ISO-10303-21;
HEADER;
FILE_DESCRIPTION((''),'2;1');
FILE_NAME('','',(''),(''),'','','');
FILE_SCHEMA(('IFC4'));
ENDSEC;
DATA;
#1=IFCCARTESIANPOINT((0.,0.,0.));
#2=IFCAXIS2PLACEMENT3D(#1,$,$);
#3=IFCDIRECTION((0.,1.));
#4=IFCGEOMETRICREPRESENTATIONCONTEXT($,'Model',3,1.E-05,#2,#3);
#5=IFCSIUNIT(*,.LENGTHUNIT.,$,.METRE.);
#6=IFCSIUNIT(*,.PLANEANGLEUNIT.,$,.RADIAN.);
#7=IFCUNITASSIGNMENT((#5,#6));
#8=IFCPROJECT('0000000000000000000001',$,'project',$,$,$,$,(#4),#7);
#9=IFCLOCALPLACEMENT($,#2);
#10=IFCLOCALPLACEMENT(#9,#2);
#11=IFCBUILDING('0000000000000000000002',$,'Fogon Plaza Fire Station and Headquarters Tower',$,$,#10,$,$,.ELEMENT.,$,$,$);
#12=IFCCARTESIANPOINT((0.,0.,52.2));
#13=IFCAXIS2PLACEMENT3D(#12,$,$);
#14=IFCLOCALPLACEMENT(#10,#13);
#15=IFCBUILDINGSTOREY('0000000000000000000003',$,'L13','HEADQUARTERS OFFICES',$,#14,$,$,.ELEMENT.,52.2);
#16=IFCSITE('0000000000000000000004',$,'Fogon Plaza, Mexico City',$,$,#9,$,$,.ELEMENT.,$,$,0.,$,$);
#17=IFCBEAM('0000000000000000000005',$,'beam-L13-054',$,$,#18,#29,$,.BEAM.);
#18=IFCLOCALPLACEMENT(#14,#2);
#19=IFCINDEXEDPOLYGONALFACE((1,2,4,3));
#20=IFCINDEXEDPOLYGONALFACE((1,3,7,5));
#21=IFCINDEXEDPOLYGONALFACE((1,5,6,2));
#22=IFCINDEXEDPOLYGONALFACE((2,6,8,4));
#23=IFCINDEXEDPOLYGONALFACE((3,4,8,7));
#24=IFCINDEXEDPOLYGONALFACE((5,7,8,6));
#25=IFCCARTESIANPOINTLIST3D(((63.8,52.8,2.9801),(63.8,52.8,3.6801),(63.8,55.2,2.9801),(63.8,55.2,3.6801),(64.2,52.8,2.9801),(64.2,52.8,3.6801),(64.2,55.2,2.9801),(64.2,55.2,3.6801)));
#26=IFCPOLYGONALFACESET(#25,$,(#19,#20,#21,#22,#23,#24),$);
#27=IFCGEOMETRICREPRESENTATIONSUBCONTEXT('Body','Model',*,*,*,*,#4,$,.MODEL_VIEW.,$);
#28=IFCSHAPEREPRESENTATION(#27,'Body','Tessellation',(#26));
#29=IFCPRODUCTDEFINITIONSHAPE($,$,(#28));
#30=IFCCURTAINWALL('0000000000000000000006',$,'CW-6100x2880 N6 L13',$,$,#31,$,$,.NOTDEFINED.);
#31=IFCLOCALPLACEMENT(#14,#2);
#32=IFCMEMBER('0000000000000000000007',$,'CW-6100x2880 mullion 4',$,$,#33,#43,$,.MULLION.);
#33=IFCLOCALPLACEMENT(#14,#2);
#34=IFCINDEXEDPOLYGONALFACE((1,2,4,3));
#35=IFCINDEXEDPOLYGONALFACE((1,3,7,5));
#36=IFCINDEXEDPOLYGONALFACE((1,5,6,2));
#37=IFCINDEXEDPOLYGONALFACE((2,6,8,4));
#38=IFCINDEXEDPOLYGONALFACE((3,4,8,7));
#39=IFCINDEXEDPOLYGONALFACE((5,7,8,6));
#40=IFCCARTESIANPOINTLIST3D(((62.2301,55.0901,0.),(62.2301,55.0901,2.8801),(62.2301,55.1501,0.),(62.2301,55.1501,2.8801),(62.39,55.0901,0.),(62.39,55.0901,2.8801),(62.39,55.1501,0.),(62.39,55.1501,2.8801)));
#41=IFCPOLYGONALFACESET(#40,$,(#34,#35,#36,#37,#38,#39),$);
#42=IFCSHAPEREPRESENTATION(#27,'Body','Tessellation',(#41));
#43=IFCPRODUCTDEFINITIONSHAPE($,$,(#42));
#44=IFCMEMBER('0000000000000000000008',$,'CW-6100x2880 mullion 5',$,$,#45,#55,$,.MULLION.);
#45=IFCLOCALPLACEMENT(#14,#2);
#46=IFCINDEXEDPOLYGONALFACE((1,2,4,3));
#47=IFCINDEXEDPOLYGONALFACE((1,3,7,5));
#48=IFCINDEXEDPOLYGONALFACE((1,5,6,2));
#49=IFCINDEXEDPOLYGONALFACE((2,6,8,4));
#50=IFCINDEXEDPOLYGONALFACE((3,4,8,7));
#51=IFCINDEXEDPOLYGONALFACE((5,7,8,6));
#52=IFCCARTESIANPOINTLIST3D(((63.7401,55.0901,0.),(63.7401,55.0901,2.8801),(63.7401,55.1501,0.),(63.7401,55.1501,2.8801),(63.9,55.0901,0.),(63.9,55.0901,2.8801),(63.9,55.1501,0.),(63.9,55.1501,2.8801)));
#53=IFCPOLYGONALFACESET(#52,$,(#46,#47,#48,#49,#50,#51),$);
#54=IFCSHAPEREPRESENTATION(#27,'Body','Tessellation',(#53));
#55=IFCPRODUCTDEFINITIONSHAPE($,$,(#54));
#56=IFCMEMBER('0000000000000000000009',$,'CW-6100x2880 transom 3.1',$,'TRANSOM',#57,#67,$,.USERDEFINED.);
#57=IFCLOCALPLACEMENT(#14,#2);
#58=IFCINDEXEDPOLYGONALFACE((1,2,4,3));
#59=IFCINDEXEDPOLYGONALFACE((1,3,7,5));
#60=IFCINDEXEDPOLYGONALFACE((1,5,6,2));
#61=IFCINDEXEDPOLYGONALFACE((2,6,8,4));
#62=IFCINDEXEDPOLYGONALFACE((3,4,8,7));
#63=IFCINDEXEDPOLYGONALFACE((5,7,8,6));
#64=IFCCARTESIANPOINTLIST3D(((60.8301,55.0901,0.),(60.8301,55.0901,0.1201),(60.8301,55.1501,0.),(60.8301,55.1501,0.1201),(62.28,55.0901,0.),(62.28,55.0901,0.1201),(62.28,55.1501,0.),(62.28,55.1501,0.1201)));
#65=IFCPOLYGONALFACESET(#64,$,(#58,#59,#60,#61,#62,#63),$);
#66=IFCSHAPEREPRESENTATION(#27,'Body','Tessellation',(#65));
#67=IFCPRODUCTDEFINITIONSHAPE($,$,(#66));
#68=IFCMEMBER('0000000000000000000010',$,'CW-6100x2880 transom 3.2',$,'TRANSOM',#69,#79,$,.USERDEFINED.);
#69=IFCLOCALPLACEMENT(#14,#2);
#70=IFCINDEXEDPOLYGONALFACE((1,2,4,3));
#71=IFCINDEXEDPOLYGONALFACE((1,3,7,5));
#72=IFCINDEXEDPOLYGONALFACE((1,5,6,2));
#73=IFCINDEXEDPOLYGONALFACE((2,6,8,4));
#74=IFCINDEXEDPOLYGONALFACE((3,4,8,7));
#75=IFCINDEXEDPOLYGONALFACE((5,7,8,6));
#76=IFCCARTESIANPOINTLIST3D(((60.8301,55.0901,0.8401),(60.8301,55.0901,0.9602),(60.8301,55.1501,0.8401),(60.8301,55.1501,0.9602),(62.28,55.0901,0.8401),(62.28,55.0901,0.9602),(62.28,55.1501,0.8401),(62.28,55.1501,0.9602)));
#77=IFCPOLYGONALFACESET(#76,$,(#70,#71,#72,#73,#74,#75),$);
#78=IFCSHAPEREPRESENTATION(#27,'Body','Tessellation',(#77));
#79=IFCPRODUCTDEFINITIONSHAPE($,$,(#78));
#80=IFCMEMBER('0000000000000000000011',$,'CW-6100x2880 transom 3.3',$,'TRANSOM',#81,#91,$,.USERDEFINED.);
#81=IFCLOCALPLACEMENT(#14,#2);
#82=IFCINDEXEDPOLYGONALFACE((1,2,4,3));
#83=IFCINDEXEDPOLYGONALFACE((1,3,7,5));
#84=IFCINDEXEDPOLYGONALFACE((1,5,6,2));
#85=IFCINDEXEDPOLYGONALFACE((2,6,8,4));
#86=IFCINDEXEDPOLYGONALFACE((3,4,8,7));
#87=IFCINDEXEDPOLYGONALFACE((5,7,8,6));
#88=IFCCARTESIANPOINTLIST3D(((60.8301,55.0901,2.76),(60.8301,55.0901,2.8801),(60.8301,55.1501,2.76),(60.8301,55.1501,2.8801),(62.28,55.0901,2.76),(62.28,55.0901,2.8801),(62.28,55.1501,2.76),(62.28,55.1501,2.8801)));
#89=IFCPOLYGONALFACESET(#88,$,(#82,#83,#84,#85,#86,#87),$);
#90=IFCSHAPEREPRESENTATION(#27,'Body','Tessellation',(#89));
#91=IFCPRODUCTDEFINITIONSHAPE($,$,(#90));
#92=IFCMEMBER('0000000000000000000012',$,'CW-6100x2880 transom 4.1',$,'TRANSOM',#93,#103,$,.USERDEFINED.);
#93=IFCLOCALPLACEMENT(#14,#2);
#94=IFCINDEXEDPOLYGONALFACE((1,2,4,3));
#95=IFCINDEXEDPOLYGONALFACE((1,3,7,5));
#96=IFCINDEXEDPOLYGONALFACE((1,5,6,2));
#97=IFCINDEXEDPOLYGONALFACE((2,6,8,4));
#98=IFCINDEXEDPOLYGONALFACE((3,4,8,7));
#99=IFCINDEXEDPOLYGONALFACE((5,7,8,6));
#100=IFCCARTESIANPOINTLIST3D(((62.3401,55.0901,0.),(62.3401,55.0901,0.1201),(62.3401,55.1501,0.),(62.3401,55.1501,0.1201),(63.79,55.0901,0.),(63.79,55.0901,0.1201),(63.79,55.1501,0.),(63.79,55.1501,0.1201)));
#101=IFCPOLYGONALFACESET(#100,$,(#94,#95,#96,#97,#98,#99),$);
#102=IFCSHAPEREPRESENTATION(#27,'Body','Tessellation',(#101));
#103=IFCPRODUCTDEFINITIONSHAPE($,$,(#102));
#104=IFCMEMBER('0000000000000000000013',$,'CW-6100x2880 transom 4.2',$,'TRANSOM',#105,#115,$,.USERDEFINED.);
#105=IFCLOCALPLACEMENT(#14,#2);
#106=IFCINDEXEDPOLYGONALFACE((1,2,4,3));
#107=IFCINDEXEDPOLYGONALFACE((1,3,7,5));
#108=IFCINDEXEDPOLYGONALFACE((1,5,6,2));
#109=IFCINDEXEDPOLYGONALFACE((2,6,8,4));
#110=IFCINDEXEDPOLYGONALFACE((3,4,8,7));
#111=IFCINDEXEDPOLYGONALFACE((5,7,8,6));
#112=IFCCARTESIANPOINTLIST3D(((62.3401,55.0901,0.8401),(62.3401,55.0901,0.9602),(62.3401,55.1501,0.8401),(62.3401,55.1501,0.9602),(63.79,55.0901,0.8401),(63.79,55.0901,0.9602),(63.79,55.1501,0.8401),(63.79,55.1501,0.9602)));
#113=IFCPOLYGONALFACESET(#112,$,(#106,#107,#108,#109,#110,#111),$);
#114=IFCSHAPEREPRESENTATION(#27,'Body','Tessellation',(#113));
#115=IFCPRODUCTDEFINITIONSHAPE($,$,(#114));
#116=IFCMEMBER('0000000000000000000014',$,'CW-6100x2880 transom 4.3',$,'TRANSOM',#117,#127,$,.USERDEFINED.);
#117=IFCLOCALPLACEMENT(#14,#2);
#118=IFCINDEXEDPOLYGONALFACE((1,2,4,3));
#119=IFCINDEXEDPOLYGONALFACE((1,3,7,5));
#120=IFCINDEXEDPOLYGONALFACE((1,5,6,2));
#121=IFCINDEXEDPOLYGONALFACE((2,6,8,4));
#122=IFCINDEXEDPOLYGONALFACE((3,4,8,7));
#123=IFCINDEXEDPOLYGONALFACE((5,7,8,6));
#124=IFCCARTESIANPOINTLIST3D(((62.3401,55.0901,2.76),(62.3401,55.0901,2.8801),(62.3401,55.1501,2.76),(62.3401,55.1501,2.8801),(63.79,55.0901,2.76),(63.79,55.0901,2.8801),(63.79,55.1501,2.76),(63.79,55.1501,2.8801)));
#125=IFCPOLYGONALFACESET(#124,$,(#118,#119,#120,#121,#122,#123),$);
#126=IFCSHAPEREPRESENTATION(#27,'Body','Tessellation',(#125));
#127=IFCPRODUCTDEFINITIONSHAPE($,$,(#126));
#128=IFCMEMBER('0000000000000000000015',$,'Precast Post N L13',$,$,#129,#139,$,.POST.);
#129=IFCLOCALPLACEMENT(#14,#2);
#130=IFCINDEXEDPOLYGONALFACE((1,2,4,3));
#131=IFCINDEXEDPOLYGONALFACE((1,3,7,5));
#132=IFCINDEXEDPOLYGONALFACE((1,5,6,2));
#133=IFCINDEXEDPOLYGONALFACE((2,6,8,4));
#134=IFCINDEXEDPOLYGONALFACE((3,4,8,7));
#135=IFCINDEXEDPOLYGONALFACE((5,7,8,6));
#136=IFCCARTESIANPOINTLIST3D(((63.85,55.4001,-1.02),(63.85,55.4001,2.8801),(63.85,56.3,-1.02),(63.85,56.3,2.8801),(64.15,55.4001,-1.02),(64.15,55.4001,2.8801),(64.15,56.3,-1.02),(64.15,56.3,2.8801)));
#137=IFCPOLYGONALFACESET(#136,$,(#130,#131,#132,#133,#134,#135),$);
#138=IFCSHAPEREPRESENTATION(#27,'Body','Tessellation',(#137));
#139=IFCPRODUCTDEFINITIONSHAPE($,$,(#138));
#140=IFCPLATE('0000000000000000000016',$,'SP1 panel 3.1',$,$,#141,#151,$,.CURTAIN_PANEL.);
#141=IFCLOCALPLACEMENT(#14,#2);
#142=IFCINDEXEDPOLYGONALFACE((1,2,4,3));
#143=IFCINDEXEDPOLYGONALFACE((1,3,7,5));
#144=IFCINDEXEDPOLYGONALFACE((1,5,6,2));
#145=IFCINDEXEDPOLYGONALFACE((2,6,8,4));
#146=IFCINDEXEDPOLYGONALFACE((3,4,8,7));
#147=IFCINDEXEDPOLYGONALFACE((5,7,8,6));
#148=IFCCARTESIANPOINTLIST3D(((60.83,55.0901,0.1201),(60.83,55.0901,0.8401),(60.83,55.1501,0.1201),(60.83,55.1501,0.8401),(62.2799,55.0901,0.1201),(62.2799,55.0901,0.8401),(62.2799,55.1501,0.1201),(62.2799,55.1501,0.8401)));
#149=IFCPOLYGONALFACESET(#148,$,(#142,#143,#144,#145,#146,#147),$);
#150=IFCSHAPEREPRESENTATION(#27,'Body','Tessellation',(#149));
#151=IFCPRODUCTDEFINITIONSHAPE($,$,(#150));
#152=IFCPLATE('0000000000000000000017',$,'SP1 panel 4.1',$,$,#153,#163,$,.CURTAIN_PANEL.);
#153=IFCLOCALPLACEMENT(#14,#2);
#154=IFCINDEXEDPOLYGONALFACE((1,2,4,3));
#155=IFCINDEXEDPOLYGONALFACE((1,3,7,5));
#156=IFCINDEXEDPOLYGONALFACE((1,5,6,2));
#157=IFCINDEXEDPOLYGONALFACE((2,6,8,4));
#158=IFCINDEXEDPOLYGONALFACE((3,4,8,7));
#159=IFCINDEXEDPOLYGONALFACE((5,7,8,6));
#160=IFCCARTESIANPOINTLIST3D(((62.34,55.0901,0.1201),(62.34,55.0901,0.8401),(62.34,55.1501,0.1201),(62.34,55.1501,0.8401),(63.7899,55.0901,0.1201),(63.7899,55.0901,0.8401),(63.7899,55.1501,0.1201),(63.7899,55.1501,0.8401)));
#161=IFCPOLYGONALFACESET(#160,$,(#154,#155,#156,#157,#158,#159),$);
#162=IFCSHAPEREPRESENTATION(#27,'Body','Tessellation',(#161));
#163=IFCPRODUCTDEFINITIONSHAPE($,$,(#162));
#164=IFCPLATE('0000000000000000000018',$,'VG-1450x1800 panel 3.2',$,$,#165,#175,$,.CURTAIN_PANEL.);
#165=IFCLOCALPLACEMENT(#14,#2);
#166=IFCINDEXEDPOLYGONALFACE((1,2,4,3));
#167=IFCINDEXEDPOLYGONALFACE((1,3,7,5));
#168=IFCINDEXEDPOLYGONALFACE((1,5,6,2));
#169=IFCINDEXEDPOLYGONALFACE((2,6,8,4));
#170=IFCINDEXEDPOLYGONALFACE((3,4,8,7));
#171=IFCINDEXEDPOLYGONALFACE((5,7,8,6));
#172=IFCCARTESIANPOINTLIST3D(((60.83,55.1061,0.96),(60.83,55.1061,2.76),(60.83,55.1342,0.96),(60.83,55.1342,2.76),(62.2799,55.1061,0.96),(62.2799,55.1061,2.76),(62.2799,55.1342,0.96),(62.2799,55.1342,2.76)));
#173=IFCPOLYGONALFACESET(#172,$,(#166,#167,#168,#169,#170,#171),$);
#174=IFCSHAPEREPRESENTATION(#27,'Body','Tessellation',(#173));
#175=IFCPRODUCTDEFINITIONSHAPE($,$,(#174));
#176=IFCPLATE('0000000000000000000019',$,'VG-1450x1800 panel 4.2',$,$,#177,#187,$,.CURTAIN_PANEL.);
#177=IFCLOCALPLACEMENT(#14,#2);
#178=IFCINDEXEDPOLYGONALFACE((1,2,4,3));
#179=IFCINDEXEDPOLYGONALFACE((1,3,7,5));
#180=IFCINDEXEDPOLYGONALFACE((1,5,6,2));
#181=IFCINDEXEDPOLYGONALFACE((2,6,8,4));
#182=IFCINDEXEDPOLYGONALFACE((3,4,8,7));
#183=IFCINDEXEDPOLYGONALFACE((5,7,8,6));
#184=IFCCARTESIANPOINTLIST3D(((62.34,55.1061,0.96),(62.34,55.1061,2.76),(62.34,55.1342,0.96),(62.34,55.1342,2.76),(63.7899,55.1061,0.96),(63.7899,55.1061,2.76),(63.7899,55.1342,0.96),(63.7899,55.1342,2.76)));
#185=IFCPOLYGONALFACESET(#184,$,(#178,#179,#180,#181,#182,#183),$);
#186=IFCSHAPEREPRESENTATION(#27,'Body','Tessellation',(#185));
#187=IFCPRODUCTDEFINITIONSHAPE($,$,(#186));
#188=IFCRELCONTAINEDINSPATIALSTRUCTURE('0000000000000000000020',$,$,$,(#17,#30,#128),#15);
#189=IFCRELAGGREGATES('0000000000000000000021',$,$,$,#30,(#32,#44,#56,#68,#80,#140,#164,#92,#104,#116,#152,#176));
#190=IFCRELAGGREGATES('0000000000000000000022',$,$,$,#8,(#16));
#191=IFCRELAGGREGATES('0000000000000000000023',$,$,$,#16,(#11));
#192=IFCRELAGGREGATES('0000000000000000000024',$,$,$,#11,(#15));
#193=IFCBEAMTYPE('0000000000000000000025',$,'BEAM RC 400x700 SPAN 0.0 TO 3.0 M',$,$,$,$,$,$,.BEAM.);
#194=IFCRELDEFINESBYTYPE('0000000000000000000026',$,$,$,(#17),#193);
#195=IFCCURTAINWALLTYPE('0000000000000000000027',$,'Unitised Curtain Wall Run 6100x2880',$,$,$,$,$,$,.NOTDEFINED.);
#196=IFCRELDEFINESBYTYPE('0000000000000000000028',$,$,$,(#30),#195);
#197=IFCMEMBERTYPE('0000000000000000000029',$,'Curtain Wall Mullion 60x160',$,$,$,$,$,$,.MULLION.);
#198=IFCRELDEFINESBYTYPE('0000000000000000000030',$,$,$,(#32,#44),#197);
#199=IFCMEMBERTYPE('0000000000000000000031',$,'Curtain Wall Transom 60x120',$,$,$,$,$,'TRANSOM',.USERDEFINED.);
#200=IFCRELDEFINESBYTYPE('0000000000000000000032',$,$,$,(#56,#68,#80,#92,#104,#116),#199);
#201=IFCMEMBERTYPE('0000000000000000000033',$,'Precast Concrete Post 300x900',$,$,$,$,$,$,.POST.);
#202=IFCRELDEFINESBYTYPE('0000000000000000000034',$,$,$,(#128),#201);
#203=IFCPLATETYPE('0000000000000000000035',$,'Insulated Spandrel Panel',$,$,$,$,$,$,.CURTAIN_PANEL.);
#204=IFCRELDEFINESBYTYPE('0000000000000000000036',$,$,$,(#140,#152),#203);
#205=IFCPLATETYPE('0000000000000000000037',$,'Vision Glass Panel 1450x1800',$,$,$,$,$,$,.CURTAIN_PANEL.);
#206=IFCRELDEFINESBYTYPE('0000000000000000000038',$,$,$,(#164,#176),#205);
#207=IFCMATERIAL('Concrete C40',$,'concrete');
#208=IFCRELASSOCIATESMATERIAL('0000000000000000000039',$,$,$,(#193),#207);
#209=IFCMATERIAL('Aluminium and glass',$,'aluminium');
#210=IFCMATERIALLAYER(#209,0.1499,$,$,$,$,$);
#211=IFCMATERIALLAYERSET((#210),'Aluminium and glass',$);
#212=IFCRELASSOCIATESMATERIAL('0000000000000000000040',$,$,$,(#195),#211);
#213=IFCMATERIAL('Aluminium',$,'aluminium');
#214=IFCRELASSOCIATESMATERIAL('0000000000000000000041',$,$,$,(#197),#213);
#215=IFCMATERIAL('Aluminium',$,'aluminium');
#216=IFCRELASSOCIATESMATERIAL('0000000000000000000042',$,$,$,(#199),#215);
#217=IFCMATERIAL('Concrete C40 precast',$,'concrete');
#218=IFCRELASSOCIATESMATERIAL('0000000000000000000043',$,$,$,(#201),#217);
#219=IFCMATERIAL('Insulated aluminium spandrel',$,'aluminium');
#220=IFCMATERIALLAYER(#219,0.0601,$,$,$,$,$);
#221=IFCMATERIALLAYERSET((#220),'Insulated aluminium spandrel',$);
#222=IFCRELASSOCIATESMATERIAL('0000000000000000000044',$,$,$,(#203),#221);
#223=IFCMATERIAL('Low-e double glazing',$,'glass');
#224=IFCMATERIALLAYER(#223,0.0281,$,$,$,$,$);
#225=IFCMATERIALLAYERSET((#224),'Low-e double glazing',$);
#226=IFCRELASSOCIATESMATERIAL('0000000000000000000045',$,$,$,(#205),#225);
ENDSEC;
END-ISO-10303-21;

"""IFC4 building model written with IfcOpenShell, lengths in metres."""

from ifc_helpers import new_model, si_unit, direction, frame, origin, origin_2d, place, context, subcontext, project, spatial, rectangle, extrude, material, layer, layer_set, material_profile, profile_set, type_object, element, aggregate, save


model = new_model("IFC4")

# Units and contexts
model_context = context("Model", 3, precision=1e-05, world=origin(), true_north=direction((0.0, 1.0)))
body_context = subcontext(model_context, "Body", "Model", "MODEL_VIEW")
ifc_project = project(units=[si_unit("LENGTHUNIT", "METRE"), si_unit("PLANEANGLEUNIT", "RADIAN")], contexts=[model_context])

# Site, building, storey
site_placement = place(None, origin())
site = spatial("IfcSite", under=ifc_project, at=site_placement, Name="Fogon Plaza, Mexico City", CompositionType="ELEMENT", RefElevation=0.0)
building_placement = place(site_placement, origin())
building = spatial("IfcBuilding", under=site, at=building_placement, Name="Fogon Plaza Fire Station and Headquarters Tower", CompositionType="ELEMENT")
storey_placement = place(building_placement, frame((0.0, 0.0, 52.2)))
storey = spatial("IfcBuildingStorey", under=building, at=storey_placement, Name="L13", Description="HEADQUARTERS OFFICES", CompositionType="ELEMENT", Elevation=52.2)

# Beam
ifc_material_1 = material(Name="Concrete C40", Category="concrete")
ifc_material_profile_1 = material_profile(ifc_material_1, rectangle(XDim=0.3999, YDim=0.7, at=origin_2d()), Name="RC 400x700")
ifc_profile_set_1 = profile_set([ifc_material_profile_1], Name="Concrete C40")
beam_type = type_object("IfcBeamType", Name="BEAM RC 400x700 SPAN 0.0 TO 3.0 M", PredefinedType="BEAM", material=ifc_profile_set_1)
beam_placement = place(storey_placement, frame((64.0, 52.8, 3.3301), z_axis=(0.0, 1.0, 0.0), x_axis=(-1.0, 0.0, 0.0)))
element("IfcBeam", 1, at=beam_placement, inside=storey, type_object=beam_type, Name="beam-L13-054", PredefinedType="BEAM", context=body_context, shape_type="SweptSolid", body=[
    extrude(rectangle(XDim=0.3999, YDim=0.7, at=origin_2d()), origin(), (0.0, 0.0, 1.0), 2.3999),
])

# Curtain wall, members
ifc_material_2 = material(Name="Aluminium and glass", Category="aluminium")
ifc_layer_1 = layer(ifc_material_2, 0.1499)
ifc_layer_set_1 = layer_set([ifc_layer_1], Name="Aluminium and glass")
curtain_wall_type = type_object("IfcCurtainWallType", Name="Unitised Curtain Wall Run 6100x2880", PredefinedType="NOTDEFINED", material=ifc_layer_set_1)
curtain_wall_placement = place(storey_placement, origin())
curtain_wall = element("IfcCurtainWall", 2, at=curtain_wall_placement, inside=storey, type_object=curtain_wall_type, Name="CW-6100x2880 N6 L13", PredefinedType="NOTDEFINED")
ifc_material_3 = material(Name="Aluminium", Category="aluminium")
ifc_material_profile_2 = material_profile(ifc_material_3, rectangle(XDim=0.0601, YDim=0.1599, at=origin_2d()), Name="Curtain Wall Mullion 60x160")
ifc_profile_set_2 = profile_set([ifc_material_profile_2], Name="Aluminium")
member_type_1 = type_object("IfcMemberType", Name="Curtain Wall Mullion 60x160", PredefinedType="MULLION", material=ifc_profile_set_2)
member_1_placement = place(storey_placement, frame((62.3101, 55.1201, 0.0), z_axis=(0.0, 0.0, 1.0), x_axis=(0.0, 1.0, 0.0)))
member_1 = element("IfcMember", 3, at=member_1_placement, type_object=member_type_1, Name="CW-6100x2880 mullion 4", PredefinedType="MULLION", context=body_context, shape_type="SweptSolid", body=[
    extrude(rectangle(XDim=0.0601, YDim=0.1599, at=origin_2d()), origin(), (0.0, 0.0, 1.0), 2.8801),
])
member_2_placement = place(storey_placement, frame((63.8201, 55.1201, 0.0), z_axis=(0.0, 0.0, 1.0), x_axis=(0.0, 1.0, 0.0)))
member_2 = element("IfcMember", 4, at=member_2_placement, type_object=member_type_1, Name="CW-6100x2880 mullion 5", PredefinedType="MULLION", context=body_context, shape_type="SweptSolid", body=[
    extrude(rectangle(XDim=0.0601, YDim=0.1599, at=origin_2d()), origin(), (0.0, 0.0, 1.0), 2.8801),
])
ifc_material_4 = material(Name="Aluminium", Category="aluminium")
ifc_material_profile_3 = material_profile(ifc_material_4, rectangle(XDim=0.0601, YDim=0.1201, at=origin_2d()), Name="Curtain Wall Transom 60x120")
ifc_profile_set_3 = profile_set([ifc_material_profile_3], Name="Aluminium")
member_type_2 = type_object("IfcMemberType", Name="Curtain Wall Transom 60x120", ElementType="TRANSOM", PredefinedType="USERDEFINED", material=ifc_profile_set_3)
member_3_placement = place(storey_placement, frame((60.8301, 55.1201, 0.0601), z_axis=(1.0, 0.0, 0.0), x_axis=(0.0, 1.0, 0.0)))
member_3 = element("IfcMember", 5, at=member_3_placement, type_object=member_type_2, Name="CW-6100x2880 transom 3.1", ObjectType="TRANSOM", PredefinedType="USERDEFINED", context=body_context, shape_type="SweptSolid", body=[
    extrude(rectangle(XDim=0.0601, YDim=0.1201, at=origin_2d()), origin(), (0.0, 0.0, 1.0), 1.45),
])
member_4_placement = place(storey_placement, frame((60.8301, 55.1201, 0.9001), z_axis=(1.0, 0.0, 0.0), x_axis=(0.0, 1.0, 0.0)))
member_4 = element("IfcMember", 6, at=member_4_placement, type_object=member_type_2, Name="CW-6100x2880 transom 3.2", ObjectType="TRANSOM", PredefinedType="USERDEFINED", context=body_context, shape_type="SweptSolid", body=[
    extrude(rectangle(XDim=0.0601, YDim=0.1201, at=origin_2d()), origin(), (0.0, 0.0, 1.0), 1.45),
])
member_5_placement = place(storey_placement, frame((60.8301, 55.1201, 2.8201), z_axis=(1.0, 0.0, 0.0), x_axis=(0.0, 1.0, 0.0)))
member_5 = element("IfcMember", 7, at=member_5_placement, type_object=member_type_2, Name="CW-6100x2880 transom 3.3", ObjectType="TRANSOM", PredefinedType="USERDEFINED", context=body_context, shape_type="SweptSolid", body=[
    extrude(rectangle(XDim=0.0601, YDim=0.1201, at=origin_2d()), origin(), (0.0, 0.0, 1.0), 1.45),
])
member_6_placement = place(storey_placement, frame((62.3401, 55.1201, 0.0601), z_axis=(1.0, 0.0, 0.0), x_axis=(0.0, 1.0, 0.0)))
member_6 = element("IfcMember", 8, at=member_6_placement, type_object=member_type_2, Name="CW-6100x2880 transom 4.1", ObjectType="TRANSOM", PredefinedType="USERDEFINED", context=body_context, shape_type="SweptSolid", body=[
    extrude(rectangle(XDim=0.0601, YDim=0.1201, at=origin_2d()), origin(), (0.0, 0.0, 1.0), 1.45),
])
member_7_placement = place(storey_placement, frame((62.3401, 55.1201, 0.9001), z_axis=(1.0, 0.0, 0.0), x_axis=(0.0, 1.0, 0.0)))
member_7 = element("IfcMember", 9, at=member_7_placement, type_object=member_type_2, Name="CW-6100x2880 transom 4.2", ObjectType="TRANSOM", PredefinedType="USERDEFINED", context=body_context, shape_type="SweptSolid", body=[
    extrude(rectangle(XDim=0.0601, YDim=0.1201, at=origin_2d()), origin(), (0.0, 0.0, 1.0), 1.45),
])
member_8_placement = place(storey_placement, frame((62.3401, 55.1201, 2.8201), z_axis=(1.0, 0.0, 0.0), x_axis=(0.0, 1.0, 0.0)))
member_8 = element("IfcMember", 10, at=member_8_placement, type_object=member_type_2, Name="CW-6100x2880 transom 4.3", ObjectType="TRANSOM", PredefinedType="USERDEFINED", context=body_context, shape_type="SweptSolid", body=[
    extrude(rectangle(XDim=0.0601, YDim=0.1201, at=origin_2d()), origin(), (0.0, 0.0, 1.0), 1.45),
])

# Member
ifc_material_5 = material(Name="Concrete C40 precast", Category="concrete")
ifc_material_profile_4 = material_profile(ifc_material_5, rectangle(XDim=0.3, YDim=0.8999, at=origin_2d()), Name="Precast Concrete Post 300x900")
ifc_profile_set_4 = profile_set([ifc_material_profile_4], Name="Concrete C40 precast")
member_type_3 = type_object("IfcMemberType", Name="Precast Concrete Post 300x900", PredefinedType="POST", material=ifc_profile_set_4)
member_9_placement = place(storey_placement, frame((64.0, 55.8501, -1.02), z_axis=(0.0, 0.0, 1.0), x_axis=(1.0, 0.0, 0.0)))
element("IfcMember", 11, at=member_9_placement, inside=storey, type_object=member_type_3, Name="Precast Post N L13", PredefinedType="POST", context=body_context, shape_type="SweptSolid", body=[
    extrude(rectangle(XDim=0.3, YDim=0.8999, at=origin_2d()), origin(), (0.0, 0.0, 1.0), 3.9001),
])

# Plates
ifc_material_6 = material(Name="Insulated aluminium spandrel", Category="aluminium")
ifc_layer_2 = layer(ifc_material_6, 0.0601)
ifc_layer_set_2 = layer_set([ifc_layer_2], Name="Insulated aluminium spandrel")
plate_type_1 = type_object("IfcPlateType", Name="Insulated Spandrel Panel", PredefinedType="CURTAIN_PANEL", material=ifc_layer_set_2)
plate_1_placement = place(storey_placement, frame((61.5549, 55.1201, 0.1201), z_axis=(0.0, 0.0, 1.0), x_axis=(1.0, 0.0, 0.0)))
plate_1 = element("IfcPlate", 12, at=plate_1_placement, type_object=plate_type_1, Name="SP1 panel 3.1", PredefinedType="CURTAIN_PANEL", context=body_context, shape_type="SweptSolid", body=[
    extrude(rectangle(XDim=1.45, YDim=0.0601, at=origin_2d()), origin(), (0.0, 0.0, 1.0), 0.72),
])
plate_2_placement = place(storey_placement, frame((63.0649, 55.1201, 0.1201), z_axis=(0.0, 0.0, 1.0), x_axis=(1.0, 0.0, 0.0)))
plate_2 = element("IfcPlate", 13, at=plate_2_placement, type_object=plate_type_1, Name="SP1 panel 4.1", PredefinedType="CURTAIN_PANEL", context=body_context, shape_type="SweptSolid", body=[
    extrude(rectangle(XDim=1.45, YDim=0.0601, at=origin_2d()), origin(), (0.0, 0.0, 1.0), 0.72),
])
ifc_material_7 = material(Name="Low-e double glazing", Category="glass")
ifc_layer_3 = layer(ifc_material_7, 0.0281)
ifc_layer_set_3 = layer_set([ifc_layer_3], Name="Low-e double glazing")
plate_type_2 = type_object("IfcPlateType", Name="Vision Glass Panel 1450x1800", PredefinedType="CURTAIN_PANEL", material=ifc_layer_set_3)
plate_3_placement = place(storey_placement, frame((61.5549, 55.1201, 0.96), z_axis=(0.0, 0.0, 1.0), x_axis=(1.0, 0.0, 0.0)))
plate_3 = element("IfcPlate", 14, at=plate_3_placement, type_object=plate_type_2, Name="VG-1450x1800 panel 3.2", PredefinedType="CURTAIN_PANEL", context=body_context, shape_type="SweptSolid", body=[
    extrude(rectangle(XDim=1.45, YDim=0.0281, at=origin_2d()), origin(), (0.0, 0.0, 1.0), 1.8),
])
plate_4_placement = place(storey_placement, frame((63.0649, 55.1201, 0.96), z_axis=(0.0, 0.0, 1.0), x_axis=(1.0, 0.0, 0.0)))
plate_4 = element("IfcPlate", 15, at=plate_4_placement, type_object=plate_type_2, Name="VG-1450x1800 panel 4.2", PredefinedType="CURTAIN_PANEL", context=body_context, shape_type="SweptSolid", body=[
    extrude(rectangle(XDim=1.45, YDim=0.0281, at=origin_2d()), origin(), (0.0, 0.0, 1.0), 1.8),
])
aggregate(curtain_wall, [member_1, member_2, member_3, member_4, member_5, plate_1, plate_3, member_6, member_7, member_8, plate_2, plate_4])

save(model, "model.ifc")
